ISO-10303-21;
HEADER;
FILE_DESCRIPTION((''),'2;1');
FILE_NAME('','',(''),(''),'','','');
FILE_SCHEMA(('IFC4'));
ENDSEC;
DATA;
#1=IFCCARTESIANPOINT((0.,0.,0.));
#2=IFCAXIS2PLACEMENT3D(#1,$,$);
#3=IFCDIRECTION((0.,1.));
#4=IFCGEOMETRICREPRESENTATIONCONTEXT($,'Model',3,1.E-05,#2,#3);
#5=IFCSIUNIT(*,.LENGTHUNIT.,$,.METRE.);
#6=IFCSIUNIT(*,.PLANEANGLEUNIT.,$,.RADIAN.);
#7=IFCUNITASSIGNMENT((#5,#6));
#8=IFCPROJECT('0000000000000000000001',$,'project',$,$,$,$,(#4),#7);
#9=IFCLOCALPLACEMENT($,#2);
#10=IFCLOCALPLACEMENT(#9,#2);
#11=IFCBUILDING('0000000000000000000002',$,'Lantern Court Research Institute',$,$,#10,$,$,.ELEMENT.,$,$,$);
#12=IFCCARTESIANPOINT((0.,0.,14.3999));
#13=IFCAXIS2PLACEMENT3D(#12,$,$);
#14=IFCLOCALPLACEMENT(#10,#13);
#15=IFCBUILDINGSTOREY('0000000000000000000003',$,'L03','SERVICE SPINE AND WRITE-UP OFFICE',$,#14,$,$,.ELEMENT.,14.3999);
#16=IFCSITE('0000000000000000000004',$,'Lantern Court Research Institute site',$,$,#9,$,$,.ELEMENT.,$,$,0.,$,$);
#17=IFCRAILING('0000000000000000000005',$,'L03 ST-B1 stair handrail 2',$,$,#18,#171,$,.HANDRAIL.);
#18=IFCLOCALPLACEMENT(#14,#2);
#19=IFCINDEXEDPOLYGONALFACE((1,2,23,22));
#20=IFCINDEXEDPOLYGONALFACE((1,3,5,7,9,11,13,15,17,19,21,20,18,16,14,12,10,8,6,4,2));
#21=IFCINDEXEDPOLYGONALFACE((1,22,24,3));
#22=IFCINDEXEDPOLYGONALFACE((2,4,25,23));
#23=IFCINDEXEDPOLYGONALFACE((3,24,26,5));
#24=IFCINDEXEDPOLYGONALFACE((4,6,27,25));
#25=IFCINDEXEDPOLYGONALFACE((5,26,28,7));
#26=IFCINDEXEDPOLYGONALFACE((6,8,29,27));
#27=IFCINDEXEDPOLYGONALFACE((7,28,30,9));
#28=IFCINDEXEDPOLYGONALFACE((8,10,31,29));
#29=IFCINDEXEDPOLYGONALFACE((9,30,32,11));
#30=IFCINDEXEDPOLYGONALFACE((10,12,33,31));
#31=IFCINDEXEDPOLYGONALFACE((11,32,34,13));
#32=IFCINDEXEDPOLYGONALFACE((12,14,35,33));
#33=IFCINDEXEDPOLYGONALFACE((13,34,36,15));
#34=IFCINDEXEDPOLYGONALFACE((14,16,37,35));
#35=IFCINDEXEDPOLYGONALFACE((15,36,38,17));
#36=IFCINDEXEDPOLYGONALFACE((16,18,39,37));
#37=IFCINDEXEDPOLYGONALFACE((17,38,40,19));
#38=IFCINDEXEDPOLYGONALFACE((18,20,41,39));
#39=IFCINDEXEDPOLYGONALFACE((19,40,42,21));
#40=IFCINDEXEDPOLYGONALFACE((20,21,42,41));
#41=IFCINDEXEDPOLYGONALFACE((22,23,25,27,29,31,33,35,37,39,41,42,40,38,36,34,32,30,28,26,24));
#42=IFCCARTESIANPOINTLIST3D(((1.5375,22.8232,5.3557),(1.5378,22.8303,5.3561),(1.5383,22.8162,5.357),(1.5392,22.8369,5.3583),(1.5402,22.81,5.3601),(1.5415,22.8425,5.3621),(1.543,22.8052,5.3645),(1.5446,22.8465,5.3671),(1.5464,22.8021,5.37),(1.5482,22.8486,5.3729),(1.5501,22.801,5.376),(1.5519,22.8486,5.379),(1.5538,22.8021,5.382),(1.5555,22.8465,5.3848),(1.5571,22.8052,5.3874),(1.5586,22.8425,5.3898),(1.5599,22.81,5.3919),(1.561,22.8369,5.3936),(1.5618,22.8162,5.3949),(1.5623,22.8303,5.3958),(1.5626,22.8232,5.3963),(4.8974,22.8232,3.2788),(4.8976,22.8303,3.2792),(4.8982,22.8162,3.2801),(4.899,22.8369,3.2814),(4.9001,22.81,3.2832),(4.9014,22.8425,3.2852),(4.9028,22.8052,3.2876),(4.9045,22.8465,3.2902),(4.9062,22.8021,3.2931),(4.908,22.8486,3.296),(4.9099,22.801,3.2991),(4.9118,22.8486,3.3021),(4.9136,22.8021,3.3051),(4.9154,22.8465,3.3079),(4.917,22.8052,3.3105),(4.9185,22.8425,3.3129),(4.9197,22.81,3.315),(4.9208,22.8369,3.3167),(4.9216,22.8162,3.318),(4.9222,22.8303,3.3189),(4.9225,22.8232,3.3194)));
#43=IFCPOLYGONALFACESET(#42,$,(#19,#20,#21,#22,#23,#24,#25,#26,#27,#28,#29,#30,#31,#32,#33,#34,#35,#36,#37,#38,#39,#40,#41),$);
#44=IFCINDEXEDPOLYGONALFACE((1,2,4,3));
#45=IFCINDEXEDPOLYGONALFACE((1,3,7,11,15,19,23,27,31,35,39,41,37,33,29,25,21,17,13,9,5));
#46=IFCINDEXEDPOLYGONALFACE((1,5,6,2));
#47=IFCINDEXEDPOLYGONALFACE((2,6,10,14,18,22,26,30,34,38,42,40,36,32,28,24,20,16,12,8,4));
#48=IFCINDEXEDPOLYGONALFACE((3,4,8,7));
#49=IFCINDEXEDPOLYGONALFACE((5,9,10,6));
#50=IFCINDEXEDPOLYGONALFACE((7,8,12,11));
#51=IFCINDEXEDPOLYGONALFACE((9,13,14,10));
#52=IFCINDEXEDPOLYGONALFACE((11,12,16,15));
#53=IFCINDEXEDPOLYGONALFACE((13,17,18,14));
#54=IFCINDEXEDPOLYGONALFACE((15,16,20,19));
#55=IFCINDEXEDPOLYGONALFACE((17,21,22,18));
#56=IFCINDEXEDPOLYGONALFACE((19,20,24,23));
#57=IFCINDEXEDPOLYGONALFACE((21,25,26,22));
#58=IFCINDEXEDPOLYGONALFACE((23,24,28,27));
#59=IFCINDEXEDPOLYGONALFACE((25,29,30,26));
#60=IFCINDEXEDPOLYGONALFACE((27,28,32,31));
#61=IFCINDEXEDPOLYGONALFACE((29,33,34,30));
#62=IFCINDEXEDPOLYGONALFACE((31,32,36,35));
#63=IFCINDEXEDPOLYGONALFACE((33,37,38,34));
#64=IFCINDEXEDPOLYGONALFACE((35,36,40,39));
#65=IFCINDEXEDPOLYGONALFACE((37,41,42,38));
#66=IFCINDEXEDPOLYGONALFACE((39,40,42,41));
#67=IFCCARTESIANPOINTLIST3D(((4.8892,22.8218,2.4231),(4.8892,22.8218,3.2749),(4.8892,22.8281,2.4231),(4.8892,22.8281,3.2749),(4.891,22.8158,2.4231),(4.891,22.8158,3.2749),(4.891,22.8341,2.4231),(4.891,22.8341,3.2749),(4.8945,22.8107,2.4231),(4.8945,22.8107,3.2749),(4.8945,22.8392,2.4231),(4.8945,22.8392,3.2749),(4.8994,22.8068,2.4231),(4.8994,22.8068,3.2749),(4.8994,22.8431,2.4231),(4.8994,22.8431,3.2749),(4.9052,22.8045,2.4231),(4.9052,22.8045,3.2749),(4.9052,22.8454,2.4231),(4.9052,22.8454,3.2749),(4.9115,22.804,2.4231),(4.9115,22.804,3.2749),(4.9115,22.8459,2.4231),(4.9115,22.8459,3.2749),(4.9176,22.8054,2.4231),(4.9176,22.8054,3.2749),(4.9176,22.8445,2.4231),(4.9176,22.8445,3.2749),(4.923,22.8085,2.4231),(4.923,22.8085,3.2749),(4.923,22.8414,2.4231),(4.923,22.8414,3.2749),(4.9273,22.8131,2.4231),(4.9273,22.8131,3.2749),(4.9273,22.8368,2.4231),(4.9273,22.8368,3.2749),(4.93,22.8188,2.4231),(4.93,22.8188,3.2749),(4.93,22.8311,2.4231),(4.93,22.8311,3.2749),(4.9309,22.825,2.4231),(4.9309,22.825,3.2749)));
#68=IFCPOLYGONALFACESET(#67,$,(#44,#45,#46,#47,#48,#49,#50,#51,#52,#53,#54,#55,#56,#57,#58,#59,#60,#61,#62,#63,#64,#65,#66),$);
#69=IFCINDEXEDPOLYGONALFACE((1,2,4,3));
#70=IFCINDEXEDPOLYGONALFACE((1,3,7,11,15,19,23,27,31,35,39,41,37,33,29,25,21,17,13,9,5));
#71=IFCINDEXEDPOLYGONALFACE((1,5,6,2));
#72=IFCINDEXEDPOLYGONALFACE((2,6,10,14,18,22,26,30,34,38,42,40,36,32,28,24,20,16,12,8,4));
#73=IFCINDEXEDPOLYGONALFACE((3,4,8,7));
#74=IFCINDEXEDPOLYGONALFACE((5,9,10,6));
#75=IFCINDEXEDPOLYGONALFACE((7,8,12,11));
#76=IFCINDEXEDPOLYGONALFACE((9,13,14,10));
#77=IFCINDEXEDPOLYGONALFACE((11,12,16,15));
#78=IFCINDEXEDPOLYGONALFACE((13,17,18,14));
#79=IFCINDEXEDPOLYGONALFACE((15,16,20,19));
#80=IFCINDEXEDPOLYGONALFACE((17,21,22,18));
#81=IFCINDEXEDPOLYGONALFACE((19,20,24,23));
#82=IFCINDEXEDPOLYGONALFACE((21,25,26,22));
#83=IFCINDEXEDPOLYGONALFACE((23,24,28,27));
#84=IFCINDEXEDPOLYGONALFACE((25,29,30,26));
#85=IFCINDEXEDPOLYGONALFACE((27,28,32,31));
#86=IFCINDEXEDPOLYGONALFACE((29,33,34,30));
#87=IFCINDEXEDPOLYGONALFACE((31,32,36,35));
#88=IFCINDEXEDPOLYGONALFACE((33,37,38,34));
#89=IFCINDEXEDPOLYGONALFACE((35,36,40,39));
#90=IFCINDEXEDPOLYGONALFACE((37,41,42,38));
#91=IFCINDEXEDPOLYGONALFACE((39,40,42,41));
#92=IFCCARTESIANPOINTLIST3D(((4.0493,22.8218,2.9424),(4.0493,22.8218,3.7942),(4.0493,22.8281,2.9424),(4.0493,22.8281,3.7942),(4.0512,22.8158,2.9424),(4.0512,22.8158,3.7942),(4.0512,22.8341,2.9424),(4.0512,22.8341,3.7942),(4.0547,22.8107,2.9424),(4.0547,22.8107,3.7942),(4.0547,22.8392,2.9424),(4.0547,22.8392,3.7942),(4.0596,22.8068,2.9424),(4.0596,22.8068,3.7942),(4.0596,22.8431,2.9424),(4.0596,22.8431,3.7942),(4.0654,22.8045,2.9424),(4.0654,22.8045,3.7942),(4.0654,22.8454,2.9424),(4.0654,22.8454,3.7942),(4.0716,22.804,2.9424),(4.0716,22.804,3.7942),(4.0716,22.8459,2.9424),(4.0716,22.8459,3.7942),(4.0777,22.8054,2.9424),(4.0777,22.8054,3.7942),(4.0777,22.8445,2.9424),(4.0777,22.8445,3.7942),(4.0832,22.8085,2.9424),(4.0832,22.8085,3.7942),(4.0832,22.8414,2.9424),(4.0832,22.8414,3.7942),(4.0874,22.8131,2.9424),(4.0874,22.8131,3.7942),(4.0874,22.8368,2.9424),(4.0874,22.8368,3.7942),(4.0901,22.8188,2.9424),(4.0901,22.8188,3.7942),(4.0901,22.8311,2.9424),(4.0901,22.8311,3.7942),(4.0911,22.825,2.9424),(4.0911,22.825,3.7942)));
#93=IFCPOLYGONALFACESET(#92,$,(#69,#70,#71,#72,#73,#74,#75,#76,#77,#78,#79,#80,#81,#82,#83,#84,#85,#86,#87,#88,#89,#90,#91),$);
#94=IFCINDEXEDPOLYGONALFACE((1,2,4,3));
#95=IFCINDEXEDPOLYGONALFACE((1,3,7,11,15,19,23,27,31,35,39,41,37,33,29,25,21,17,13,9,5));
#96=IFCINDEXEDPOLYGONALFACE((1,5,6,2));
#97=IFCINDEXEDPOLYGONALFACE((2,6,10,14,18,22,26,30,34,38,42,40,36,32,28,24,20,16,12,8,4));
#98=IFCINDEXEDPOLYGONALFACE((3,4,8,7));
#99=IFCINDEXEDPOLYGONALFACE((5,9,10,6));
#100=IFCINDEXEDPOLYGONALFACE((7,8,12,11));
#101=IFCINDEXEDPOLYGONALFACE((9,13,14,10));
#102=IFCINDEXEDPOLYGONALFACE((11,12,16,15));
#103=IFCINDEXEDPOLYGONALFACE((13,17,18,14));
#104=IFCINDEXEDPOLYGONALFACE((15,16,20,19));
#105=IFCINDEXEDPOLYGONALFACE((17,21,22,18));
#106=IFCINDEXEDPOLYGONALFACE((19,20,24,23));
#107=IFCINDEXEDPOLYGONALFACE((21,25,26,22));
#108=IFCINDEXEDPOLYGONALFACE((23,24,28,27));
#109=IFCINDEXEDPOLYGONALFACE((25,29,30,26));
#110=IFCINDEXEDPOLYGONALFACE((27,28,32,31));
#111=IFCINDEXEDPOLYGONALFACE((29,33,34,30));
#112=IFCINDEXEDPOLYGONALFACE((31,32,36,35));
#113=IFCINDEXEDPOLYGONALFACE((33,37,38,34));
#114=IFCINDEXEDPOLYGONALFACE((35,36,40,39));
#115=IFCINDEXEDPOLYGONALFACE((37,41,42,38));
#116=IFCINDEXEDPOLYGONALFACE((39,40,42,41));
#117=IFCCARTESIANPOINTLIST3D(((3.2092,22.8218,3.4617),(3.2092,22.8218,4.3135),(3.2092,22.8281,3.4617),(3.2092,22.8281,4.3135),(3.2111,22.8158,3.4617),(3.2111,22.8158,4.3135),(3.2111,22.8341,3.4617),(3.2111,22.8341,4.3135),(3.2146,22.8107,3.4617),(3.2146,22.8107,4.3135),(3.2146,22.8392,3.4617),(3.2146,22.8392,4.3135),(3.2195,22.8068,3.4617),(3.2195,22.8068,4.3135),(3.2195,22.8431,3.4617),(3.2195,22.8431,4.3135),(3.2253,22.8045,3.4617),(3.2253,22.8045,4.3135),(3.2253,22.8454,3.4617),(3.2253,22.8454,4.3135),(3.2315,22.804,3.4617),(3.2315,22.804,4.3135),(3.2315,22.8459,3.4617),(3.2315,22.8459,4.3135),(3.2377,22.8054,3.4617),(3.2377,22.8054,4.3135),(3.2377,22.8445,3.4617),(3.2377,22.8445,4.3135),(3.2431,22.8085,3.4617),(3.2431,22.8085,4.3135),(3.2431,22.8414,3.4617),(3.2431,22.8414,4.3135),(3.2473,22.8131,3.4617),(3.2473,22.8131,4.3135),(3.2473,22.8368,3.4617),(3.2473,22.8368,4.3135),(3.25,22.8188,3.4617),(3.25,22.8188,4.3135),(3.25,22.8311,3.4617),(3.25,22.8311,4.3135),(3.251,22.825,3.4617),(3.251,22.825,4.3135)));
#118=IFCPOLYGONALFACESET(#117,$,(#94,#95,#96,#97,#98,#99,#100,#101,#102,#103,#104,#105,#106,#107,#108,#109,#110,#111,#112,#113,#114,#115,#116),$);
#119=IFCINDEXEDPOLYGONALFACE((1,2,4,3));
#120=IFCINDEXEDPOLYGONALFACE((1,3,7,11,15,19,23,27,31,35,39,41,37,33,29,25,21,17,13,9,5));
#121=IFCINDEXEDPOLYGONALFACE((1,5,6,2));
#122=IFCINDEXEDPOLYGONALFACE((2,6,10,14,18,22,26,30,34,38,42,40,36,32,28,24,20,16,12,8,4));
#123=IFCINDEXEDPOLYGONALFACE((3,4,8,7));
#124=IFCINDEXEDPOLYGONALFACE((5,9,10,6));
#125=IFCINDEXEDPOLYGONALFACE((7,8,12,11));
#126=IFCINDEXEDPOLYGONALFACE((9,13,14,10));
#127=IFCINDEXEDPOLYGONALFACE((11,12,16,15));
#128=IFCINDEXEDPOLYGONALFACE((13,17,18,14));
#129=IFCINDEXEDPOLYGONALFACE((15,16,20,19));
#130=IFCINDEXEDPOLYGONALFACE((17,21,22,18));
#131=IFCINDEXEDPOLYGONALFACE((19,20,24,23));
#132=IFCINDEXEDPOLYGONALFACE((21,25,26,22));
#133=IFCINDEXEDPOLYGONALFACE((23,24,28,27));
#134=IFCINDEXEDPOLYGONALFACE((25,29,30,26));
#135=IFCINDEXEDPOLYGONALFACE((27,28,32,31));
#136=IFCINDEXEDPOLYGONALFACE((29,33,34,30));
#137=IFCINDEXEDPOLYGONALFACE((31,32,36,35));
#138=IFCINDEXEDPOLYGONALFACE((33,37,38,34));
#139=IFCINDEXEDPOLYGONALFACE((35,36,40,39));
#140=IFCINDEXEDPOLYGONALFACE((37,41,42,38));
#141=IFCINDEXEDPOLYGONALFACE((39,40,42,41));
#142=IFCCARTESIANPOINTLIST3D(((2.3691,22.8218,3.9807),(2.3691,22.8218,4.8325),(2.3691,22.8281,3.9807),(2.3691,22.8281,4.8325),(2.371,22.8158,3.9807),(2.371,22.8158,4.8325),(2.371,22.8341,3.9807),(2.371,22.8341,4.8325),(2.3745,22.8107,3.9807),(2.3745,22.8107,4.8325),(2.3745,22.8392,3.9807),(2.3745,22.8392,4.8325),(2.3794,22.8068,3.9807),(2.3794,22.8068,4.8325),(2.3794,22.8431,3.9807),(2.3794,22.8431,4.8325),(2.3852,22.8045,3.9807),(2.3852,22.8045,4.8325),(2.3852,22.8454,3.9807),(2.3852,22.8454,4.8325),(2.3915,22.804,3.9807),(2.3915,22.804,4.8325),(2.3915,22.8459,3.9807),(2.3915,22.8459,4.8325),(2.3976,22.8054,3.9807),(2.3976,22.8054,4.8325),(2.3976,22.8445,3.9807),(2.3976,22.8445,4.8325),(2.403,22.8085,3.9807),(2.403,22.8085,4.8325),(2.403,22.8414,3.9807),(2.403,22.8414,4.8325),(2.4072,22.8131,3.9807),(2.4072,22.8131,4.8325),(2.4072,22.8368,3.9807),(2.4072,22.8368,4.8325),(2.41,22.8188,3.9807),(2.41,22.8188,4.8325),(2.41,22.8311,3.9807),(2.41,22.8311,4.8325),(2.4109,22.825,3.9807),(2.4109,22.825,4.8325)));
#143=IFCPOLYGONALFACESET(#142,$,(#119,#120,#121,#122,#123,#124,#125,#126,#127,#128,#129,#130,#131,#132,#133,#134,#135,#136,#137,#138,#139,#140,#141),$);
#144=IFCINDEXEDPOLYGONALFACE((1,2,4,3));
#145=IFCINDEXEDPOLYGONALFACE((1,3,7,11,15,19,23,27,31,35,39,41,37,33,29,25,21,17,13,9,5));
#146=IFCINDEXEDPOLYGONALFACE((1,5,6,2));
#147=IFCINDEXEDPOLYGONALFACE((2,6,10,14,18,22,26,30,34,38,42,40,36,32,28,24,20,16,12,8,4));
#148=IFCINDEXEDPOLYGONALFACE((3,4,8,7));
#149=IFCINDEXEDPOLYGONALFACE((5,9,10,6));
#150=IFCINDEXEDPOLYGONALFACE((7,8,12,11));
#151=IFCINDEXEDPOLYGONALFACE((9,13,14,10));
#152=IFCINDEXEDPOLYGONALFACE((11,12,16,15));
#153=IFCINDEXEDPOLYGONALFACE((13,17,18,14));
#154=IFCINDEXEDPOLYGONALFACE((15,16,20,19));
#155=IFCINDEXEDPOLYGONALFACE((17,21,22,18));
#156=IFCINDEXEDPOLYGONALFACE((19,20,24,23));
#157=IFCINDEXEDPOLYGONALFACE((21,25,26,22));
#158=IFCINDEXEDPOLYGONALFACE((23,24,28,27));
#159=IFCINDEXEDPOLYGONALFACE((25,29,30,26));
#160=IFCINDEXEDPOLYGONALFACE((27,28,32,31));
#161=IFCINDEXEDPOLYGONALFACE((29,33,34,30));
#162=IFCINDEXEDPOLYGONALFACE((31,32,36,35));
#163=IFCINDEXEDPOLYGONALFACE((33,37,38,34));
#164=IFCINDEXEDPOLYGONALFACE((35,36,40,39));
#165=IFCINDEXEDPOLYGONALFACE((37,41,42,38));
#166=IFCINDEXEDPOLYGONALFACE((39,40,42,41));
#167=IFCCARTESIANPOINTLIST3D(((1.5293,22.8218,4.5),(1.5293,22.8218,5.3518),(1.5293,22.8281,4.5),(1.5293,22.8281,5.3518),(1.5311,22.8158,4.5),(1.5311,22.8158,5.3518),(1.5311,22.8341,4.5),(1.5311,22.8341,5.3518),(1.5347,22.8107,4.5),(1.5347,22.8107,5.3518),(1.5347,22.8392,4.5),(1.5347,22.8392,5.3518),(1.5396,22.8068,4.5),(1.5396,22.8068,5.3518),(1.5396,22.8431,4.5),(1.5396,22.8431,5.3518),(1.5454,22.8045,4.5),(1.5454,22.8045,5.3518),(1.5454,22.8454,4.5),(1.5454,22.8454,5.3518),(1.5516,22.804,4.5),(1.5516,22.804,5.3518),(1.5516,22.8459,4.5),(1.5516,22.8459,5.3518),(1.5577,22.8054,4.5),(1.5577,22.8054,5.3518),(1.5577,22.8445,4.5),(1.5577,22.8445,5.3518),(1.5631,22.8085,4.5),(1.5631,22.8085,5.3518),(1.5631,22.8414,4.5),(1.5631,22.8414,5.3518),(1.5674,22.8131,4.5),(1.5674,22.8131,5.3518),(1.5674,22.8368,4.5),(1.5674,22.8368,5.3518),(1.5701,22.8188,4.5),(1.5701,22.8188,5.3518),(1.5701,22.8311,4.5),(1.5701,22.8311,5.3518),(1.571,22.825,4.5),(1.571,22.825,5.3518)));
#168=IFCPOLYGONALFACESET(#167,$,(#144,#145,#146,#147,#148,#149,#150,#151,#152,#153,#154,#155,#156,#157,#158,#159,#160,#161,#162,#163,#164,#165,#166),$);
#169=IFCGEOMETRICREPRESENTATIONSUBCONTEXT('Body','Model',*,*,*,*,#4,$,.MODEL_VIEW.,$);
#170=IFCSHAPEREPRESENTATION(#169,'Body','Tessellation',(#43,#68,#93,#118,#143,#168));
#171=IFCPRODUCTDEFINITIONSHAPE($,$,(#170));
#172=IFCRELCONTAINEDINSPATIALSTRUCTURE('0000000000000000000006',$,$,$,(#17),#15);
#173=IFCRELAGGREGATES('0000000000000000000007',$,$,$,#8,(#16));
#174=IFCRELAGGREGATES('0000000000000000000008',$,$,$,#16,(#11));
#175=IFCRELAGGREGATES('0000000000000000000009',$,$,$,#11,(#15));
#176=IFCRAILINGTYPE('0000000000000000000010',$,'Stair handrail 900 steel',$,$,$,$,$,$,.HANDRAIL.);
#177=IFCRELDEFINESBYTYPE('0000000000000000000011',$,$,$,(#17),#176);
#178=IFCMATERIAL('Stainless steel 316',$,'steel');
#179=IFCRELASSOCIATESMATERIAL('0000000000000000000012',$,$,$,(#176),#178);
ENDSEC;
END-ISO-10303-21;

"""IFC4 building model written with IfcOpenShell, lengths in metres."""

from ifc_helpers import new_model, si_unit, direction, frame, origin, origin_2d, place, context, subcontext, project, spatial, circle, extrude, material, type_object, element, save


model = new_model("IFC4")

# Units and contexts
model_context = context("Model", 3, precision=1e-05, world=origin(), true_north=direction((0.0, 1.0)))
body_context = subcontext(model_context, "Body", "Model", "MODEL_VIEW")
ifc_project = project(units=[si_unit("LENGTHUNIT", "METRE"), si_unit("PLANEANGLEUNIT", "RADIAN")], contexts=[model_context])

# Site, building, storey
site_placement = place(None, origin())
site = spatial("IfcSite", under=ifc_project, at=site_placement, Name="Lantern Court Research Institute site", CompositionType="ELEMENT", RefElevation=0.0)
building_placement = place(site_placement, origin())
building = spatial("IfcBuilding", under=site, at=building_placement, Name="Lantern Court Research Institute", CompositionType="ELEMENT")
storey_placement = place(building_placement, frame((0.0, 0.0, 14.3999)))
storey = spatial("IfcBuildingStorey", under=building, at=storey_placement, Name="L03", Description="SERVICE SPINE AND WRITE-UP OFFICE", CompositionType="ELEMENT", Elevation=14.3999)

# Railing
ifc_material_1 = material(Name="Stainless steel 316", Category="steel")
railing_type_1 = type_object("IfcRailingType", Name="Stair handrail 900 steel", PredefinedType="HANDRAIL", material=ifc_material_1)
railing_1_placement = place(storey_placement, frame((4.9099, 22.825, 2.4231)))
element("IfcRailing", 1, at=railing_1_placement, inside=storey, type_object=railing_type_1, Name="L03 ST-B1 stair handrail 2", PredefinedType="HANDRAIL", context=body_context, shape_type="SweptSolid", body=[
    extrude(circle(Radius=0.0239, at=origin_2d()), frame((0.0, 0.0, 0.876), z_axis=(-0.850606, 0.0, 0.525803), x_axis=(0.0, -1.0, 0.0)), (0.0, 0.0, 1.0), 3.95),
    extrude(circle(Radius=0.021, at=origin_2d()), origin(), (0.0, 0.0, 1.0), 0.8518),
    extrude(circle(Radius=0.021, at=origin_2d()), frame((-0.8398, 0.0, 0.5193)), (0.0, 0.0, 1.0), 0.8518),
    extrude(circle(Radius=0.021, at=origin_2d()), frame((-1.6799, 0.0, 1.0386)), (0.0, 0.0, 1.0), 0.8518),
    extrude(circle(Radius=0.021, at=origin_2d()), frame((-2.52, 0.0, 1.5576)), (0.0, 0.0, 1.0), 0.8518),
    extrude(circle(Radius=0.021, at=origin_2d()), frame((-3.3599, 0.0, 2.0769)), (0.0, 0.0, 1.0), 0.8518),
])

save(model, "model.ifc")
